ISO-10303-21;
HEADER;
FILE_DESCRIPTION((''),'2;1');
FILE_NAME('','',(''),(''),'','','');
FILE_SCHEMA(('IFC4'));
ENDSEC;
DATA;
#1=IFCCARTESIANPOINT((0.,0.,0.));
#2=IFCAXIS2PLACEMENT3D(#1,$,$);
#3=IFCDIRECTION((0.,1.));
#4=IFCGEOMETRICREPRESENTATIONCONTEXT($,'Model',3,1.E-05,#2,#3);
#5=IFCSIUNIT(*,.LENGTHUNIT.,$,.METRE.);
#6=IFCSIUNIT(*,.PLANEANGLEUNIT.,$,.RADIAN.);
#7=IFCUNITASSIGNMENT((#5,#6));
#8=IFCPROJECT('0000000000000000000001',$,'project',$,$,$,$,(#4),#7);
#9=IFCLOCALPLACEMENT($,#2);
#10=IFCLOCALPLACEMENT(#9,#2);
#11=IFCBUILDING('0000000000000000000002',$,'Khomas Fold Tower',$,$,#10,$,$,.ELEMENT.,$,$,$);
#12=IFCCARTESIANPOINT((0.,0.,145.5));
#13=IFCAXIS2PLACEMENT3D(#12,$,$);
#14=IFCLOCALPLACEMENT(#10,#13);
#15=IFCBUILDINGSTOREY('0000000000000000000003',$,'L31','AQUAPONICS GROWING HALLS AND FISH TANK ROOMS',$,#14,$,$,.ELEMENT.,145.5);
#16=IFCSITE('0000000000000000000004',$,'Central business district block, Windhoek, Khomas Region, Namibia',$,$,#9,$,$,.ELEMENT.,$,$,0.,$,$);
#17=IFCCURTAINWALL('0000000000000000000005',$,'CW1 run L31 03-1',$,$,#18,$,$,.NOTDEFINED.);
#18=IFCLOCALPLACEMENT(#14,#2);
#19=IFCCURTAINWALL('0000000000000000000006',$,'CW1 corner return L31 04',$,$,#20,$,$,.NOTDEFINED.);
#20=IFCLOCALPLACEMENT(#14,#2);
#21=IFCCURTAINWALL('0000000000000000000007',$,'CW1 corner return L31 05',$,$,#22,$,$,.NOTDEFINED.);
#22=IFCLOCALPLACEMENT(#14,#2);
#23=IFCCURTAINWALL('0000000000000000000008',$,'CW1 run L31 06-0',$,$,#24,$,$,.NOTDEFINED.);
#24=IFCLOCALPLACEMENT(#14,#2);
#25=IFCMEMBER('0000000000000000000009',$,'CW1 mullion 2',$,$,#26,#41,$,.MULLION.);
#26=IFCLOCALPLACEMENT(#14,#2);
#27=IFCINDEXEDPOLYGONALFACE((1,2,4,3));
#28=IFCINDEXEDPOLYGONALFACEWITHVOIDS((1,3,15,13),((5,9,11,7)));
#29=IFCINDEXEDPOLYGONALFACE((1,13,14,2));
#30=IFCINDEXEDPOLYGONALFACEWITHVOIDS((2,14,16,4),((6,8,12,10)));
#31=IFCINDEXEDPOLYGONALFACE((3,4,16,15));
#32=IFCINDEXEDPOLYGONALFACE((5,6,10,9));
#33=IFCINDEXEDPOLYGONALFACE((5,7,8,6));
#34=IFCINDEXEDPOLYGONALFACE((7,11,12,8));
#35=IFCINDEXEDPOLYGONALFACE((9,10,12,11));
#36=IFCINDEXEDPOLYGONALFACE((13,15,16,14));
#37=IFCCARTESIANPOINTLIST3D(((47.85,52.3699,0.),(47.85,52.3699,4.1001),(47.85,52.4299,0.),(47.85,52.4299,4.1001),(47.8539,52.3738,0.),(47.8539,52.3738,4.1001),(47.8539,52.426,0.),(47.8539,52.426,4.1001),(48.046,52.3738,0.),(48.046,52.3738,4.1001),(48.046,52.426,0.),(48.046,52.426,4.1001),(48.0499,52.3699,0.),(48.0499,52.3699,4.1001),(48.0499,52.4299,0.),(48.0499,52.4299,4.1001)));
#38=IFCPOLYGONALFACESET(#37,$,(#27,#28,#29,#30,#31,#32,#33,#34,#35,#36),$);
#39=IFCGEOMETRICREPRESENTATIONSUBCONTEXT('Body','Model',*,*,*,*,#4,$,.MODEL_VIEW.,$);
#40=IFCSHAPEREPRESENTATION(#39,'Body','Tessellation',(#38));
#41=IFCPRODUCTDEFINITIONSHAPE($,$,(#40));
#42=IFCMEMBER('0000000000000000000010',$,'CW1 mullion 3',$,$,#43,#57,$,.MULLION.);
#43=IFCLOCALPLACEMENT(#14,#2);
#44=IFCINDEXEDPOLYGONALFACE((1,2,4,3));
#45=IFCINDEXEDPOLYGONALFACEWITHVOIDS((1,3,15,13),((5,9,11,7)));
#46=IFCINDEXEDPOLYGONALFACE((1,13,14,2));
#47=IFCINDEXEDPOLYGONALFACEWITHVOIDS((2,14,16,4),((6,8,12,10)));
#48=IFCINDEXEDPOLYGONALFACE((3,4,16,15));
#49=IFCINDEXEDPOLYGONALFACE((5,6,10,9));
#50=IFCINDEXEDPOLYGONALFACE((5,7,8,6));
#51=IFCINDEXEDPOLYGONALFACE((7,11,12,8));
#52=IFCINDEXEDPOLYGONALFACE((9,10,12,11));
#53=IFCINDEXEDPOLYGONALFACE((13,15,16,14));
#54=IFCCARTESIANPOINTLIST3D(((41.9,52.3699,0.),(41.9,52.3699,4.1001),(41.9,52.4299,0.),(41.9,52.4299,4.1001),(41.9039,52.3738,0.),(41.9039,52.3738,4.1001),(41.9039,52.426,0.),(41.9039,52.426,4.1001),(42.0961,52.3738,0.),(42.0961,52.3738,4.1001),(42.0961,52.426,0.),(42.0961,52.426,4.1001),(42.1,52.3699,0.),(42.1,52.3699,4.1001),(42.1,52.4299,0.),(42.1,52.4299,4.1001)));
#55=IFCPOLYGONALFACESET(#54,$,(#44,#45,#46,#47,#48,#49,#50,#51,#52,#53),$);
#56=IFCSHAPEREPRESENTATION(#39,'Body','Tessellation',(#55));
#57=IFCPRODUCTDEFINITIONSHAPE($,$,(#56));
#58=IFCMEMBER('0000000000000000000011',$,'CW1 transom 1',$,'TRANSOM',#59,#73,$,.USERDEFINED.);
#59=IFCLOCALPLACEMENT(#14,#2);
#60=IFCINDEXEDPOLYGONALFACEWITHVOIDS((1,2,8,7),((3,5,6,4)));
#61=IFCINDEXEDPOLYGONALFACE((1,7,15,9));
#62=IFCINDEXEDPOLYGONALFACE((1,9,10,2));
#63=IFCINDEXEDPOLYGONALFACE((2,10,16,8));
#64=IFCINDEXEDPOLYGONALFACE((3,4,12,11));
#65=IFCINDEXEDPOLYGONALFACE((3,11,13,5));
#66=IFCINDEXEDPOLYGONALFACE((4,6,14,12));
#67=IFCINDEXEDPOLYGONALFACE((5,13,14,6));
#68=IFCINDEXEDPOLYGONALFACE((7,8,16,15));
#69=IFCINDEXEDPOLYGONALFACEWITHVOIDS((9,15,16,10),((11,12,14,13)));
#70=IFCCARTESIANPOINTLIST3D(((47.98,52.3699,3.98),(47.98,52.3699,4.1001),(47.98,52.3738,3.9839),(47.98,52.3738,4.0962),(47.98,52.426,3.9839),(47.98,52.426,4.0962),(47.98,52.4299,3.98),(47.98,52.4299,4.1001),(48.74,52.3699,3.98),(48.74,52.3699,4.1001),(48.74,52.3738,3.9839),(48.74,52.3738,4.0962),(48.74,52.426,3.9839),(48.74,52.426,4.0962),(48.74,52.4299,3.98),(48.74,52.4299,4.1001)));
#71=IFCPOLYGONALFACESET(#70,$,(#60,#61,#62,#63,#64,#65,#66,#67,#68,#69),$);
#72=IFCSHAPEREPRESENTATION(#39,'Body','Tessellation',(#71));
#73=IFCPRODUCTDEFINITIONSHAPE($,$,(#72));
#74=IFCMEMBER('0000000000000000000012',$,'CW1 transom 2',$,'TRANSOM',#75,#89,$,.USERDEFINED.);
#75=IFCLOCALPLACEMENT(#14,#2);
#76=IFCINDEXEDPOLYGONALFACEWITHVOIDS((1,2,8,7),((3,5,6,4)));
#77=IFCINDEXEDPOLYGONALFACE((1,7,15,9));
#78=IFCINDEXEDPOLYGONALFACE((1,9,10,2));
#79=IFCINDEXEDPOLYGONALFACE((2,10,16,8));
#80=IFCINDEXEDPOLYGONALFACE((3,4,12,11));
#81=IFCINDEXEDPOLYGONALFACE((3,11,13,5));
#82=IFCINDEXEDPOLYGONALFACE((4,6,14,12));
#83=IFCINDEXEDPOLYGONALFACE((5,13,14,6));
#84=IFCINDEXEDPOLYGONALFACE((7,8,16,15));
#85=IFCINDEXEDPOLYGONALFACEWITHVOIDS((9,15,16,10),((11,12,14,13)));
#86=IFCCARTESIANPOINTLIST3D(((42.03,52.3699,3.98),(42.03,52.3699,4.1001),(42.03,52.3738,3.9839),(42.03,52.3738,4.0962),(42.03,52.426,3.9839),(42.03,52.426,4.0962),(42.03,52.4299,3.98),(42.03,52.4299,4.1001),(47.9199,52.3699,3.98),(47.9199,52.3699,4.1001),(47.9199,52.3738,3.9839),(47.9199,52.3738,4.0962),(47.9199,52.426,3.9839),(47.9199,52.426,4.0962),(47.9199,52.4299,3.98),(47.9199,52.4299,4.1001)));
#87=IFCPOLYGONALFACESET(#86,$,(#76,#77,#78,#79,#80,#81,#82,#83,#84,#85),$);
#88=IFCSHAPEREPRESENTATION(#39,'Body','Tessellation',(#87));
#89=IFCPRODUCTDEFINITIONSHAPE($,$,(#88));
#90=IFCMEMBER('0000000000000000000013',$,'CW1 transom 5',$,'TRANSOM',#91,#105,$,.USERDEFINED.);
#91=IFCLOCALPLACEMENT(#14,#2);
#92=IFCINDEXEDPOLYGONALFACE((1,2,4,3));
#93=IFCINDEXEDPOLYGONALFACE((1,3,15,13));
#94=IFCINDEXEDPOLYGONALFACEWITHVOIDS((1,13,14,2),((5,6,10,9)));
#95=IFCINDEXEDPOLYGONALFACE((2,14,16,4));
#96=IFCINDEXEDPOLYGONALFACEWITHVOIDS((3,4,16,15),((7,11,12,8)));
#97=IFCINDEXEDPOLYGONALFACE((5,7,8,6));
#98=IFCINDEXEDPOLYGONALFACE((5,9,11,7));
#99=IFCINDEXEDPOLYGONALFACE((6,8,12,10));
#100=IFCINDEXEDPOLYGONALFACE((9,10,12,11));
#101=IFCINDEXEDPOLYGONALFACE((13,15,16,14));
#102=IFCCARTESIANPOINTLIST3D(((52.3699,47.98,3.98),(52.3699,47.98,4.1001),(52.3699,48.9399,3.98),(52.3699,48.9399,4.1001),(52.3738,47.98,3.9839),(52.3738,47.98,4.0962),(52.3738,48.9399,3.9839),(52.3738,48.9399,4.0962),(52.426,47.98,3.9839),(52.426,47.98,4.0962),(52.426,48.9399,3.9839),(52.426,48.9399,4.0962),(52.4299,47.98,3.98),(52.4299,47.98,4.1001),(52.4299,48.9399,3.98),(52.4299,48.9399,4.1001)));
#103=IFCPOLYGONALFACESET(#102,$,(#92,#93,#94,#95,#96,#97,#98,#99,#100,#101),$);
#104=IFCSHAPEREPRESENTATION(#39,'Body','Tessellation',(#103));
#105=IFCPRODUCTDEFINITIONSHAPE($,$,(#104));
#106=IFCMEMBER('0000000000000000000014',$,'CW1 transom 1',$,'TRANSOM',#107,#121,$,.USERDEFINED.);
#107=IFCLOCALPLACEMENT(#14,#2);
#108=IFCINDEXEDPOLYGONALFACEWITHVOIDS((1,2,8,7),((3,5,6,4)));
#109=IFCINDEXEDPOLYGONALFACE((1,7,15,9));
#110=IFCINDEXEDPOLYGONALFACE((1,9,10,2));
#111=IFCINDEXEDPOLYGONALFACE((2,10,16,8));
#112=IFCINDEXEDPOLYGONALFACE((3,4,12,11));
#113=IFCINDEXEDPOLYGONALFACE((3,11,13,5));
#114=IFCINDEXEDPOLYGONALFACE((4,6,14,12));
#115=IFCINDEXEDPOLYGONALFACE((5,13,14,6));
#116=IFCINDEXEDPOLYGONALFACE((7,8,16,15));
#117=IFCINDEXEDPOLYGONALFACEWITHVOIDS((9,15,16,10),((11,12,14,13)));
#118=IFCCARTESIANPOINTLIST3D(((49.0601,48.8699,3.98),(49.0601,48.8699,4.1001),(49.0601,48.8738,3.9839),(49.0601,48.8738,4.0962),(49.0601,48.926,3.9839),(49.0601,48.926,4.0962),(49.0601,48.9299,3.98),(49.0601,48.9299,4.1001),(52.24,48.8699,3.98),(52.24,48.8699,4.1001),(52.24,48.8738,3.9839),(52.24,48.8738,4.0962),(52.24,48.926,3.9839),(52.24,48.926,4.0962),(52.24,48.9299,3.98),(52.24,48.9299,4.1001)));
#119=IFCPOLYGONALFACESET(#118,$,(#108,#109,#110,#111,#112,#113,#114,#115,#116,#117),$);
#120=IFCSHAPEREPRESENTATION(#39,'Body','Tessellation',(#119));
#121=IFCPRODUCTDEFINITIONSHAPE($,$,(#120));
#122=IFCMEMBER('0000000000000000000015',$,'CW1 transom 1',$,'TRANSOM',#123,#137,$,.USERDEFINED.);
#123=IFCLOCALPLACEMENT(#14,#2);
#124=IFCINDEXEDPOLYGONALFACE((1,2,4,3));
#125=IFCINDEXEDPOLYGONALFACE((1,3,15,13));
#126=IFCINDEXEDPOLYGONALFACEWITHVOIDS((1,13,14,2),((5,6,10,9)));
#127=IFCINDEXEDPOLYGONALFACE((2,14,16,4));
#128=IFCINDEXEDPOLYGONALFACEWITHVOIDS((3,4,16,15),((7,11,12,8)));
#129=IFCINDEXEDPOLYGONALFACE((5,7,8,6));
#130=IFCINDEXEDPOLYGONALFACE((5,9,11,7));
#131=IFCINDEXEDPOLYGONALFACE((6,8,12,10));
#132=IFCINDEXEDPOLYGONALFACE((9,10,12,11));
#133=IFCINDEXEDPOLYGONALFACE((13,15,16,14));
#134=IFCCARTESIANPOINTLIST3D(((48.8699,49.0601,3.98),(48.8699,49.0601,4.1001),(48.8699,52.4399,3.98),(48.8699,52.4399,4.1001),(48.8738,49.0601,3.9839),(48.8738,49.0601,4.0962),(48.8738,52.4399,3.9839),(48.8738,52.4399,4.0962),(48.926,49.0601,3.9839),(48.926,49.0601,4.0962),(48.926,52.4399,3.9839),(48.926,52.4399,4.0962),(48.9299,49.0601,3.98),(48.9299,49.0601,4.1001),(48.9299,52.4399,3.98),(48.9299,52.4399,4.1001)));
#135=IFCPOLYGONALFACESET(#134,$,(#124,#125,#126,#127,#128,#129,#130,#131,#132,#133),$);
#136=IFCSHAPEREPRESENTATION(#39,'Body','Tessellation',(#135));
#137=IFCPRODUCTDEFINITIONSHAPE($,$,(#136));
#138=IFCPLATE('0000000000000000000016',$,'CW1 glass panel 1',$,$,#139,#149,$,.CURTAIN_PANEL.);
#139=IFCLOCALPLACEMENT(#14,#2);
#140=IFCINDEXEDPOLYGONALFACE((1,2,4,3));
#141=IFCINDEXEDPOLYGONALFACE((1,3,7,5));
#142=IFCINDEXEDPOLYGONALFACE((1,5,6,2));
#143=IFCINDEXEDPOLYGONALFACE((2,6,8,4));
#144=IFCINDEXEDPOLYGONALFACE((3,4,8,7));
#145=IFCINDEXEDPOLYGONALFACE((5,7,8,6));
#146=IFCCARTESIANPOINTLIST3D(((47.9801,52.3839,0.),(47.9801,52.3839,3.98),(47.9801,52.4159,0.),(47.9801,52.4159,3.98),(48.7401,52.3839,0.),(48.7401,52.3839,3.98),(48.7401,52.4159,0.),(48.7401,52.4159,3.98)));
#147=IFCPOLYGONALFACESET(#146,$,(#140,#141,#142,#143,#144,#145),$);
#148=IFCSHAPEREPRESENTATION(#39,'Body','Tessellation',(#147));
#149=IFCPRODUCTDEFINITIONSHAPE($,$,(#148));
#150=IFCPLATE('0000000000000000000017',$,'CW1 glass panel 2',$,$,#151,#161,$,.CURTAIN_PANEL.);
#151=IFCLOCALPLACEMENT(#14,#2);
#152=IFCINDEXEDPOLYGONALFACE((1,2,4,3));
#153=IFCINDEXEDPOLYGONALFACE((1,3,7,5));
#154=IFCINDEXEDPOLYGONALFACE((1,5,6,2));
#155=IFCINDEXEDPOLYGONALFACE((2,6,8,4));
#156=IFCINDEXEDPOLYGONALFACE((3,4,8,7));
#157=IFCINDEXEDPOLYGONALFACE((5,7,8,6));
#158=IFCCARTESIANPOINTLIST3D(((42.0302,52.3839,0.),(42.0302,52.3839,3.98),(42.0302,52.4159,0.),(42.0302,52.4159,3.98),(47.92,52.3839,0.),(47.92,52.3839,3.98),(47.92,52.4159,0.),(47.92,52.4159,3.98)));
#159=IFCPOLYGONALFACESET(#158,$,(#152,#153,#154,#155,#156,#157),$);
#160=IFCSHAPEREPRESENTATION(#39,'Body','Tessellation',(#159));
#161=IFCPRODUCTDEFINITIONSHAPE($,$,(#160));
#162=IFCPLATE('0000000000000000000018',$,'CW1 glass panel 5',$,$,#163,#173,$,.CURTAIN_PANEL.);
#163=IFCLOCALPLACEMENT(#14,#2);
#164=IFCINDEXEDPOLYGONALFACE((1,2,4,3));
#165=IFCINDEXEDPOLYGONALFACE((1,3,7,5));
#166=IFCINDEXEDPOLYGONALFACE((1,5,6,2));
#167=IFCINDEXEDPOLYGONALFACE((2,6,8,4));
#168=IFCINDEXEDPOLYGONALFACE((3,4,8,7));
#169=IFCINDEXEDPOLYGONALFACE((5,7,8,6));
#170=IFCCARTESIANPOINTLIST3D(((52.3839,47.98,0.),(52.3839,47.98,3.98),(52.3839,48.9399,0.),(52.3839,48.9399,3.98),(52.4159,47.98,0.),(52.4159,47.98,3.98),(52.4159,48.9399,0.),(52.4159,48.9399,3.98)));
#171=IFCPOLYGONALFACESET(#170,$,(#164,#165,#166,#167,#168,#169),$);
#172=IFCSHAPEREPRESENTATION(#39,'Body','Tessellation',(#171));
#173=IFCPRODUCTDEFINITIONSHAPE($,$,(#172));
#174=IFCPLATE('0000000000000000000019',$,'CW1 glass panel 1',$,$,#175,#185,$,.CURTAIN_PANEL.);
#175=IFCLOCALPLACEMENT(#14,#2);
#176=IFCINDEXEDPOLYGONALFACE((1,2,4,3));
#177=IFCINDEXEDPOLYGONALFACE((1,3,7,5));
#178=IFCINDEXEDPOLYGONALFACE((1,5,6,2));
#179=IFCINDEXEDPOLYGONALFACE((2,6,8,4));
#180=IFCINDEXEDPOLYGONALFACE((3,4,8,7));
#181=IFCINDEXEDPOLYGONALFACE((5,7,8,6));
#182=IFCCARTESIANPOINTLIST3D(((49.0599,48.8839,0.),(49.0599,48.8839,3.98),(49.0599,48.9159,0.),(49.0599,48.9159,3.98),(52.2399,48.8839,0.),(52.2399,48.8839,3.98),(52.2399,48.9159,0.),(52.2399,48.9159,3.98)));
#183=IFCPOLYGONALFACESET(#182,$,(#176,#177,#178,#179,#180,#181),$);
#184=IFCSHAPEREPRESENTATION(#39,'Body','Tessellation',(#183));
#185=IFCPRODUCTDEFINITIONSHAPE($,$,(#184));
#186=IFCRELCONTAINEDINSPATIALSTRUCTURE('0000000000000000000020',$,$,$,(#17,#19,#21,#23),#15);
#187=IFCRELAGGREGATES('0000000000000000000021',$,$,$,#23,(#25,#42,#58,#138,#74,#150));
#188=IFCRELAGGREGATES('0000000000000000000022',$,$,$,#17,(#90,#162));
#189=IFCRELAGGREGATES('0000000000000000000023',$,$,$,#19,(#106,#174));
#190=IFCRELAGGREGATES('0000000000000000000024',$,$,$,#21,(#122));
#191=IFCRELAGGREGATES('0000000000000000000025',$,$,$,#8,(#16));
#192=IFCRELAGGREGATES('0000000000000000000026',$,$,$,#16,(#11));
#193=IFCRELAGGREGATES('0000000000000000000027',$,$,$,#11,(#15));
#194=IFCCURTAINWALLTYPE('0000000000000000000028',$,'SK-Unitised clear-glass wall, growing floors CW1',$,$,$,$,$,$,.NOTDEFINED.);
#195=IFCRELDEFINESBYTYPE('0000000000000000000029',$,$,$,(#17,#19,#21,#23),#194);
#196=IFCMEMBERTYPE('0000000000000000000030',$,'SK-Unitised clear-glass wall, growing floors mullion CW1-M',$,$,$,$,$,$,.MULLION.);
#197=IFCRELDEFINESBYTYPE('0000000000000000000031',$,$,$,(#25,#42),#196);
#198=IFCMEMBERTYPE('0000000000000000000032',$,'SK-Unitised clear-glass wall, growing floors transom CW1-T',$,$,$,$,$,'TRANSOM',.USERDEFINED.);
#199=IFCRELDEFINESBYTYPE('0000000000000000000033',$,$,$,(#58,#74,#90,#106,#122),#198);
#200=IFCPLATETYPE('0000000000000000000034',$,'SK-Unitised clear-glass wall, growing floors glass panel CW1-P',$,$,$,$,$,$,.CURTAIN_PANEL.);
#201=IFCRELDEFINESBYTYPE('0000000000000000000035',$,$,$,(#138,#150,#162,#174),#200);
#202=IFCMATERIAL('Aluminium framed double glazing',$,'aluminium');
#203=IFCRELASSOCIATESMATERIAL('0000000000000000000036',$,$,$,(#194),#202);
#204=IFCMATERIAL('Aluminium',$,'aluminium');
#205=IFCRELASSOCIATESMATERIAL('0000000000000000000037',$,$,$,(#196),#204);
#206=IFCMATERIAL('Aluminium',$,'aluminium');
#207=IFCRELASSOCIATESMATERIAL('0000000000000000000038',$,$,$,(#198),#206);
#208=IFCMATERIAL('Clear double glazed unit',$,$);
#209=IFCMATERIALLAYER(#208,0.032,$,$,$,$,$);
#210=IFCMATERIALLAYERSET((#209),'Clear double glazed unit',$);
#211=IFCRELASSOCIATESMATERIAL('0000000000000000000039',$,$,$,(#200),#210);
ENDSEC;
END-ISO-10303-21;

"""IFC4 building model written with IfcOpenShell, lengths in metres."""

from ifc_helpers import new_model, si_unit, direction, frame, origin, origin_2d, place, context, subcontext, project, spatial, rectangle, hollow_rectangle, extrude, source, transform, mapped, material, layer, layer_set, material_profile, profile_set, type_object, element, aggregate, save


model = new_model("IFC4")

# Units and contexts
model_context = context("Model", 3, precision=1e-05, world=origin(), true_north=direction((0.0, 1.0)))
body_context = subcontext(model_context, "Body", "Model", "MODEL_VIEW")
ifc_project = project(units=[si_unit("LENGTHUNIT", "METRE"), si_unit("PLANEANGLEUNIT", "RADIAN")], contexts=[model_context])

# Site, building, storey
site_placement = place(None, origin())
site = spatial("IfcSite", under=ifc_project, at=site_placement, Name="Central business district block, Windhoek, Khomas Region, Namibia", CompositionType="ELEMENT", RefElevation=0.0)
building_placement = place(site_placement, origin())
building = spatial("IfcBuilding", under=site, at=building_placement, Name="Khomas Fold Tower", CompositionType="ELEMENT")
storey_placement = place(building_placement, frame((0.0, 0.0, 145.5)))
storey = spatial("IfcBuildingStorey", under=building, at=storey_placement, Name="L31", Description="AQUAPONICS GROWING HALLS AND FISH TANK ROOMS", CompositionType="ELEMENT", Elevation=145.5)

# Curtain walls, members
ifc_material_1 = material(Name="Aluminium framed double glazing", Category="aluminium")
curtain_wall_type = type_object("IfcCurtainWallType", Name="SK-Unitised clear-glass wall, growing floors CW1", PredefinedType="NOTDEFINED", material=ifc_material_1)
curtain_wall_1_placement = place(storey_placement, origin())
curtain_wall_1 = element("IfcCurtainWall", 1, at=curtain_wall_1_placement, inside=storey, type_object=curtain_wall_type, Name="CW1 run L31 03-1", PredefinedType="NOTDEFINED")
ifc_material_2 = material(Name="Aluminium", Category="aluminium")
ifc_material_profile_1 = material_profile(ifc_material_2, hollow_rectangle(XDim=0.0601, YDim=0.2, WallThickness=0.0039, at=origin_2d()), Name="SK-Unitised clear-glass wall, growing floors mullion CW1-M")
ifc_profile_set_1 = profile_set([ifc_material_profile_1], Name="Aluminium")
member_type_1 = type_object("IfcMemberType", Name="SK-Unitised clear-glass wall, growing floors mullion CW1-M", PredefinedType="MULLION", material=ifc_profile_set_1)
shared_shape_1 = source(origin(), body_context, "Body", "SweptSolid", [
    extrude(hollow_rectangle(XDim=0.0601, YDim=0.2, WallThickness=0.0039, at=origin_2d()), origin(), (0.0, 0.0, 1.0), 4.1001),
])
curtain_wall_2_placement = place(storey_placement, origin())
curtain_wall_2 = element("IfcCurtainWall", 2, at=curtain_wall_2_placement, inside=storey, type_object=curtain_wall_type, Name="CW1 corner return L31 04", PredefinedType="NOTDEFINED")
curtain_wall_3_placement = place(storey_placement, origin())
curtain_wall_3 = element("IfcCurtainWall", 3, at=curtain_wall_3_placement, inside=storey, type_object=curtain_wall_type, Name="CW1 corner return L31 05", PredefinedType="NOTDEFINED")
curtain_wall_4_placement = place(storey_placement, origin())
curtain_wall_4 = element("IfcCurtainWall", 4, at=curtain_wall_4_placement, inside=storey, type_object=curtain_wall_type, Name="CW1 run L31 06-0", PredefinedType="NOTDEFINED")
member_1_placement = place(storey_placement, frame((47.95, 52.3999, 0.0), z_axis=(0.0, 0.0, 1.0), x_axis=(0.0, -1.0, 0.0)))
member_1 = element("IfcMember", 5, at=member_1_placement, type_object=member_type_1, Name="CW1 mullion 2", PredefinedType="MULLION", context=body_context, shape_type="MappedRepresentation", body=[
    mapped(shared_shape_1, transform((0.0, 0.0, 0.0))),
])
member_2_placement = place(storey_placement, frame((42.0, 52.3999, 0.0), z_axis=(0.0, 0.0, 1.0), x_axis=(0.0, -1.0, 0.0)))
member_2 = element("IfcMember", 6, at=member_2_placement, type_object=member_type_1, Name="CW1 mullion 3", PredefinedType="MULLION", context=body_context, shape_type="MappedRepresentation", body=[
    mapped(shared_shape_1, transform((0.0, 0.0, 0.0))),
])
ifc_material_3 = material(Name="Aluminium", Category="aluminium")
ifc_material_profile_2 = material_profile(ifc_material_3, hollow_rectangle(XDim=0.0601, YDim=0.1201, WallThickness=0.0039, at=origin_2d()), Name="SK-Unitised clear-glass wall, growing floors transom CW1-T")
ifc_profile_set_2 = profile_set([ifc_material_profile_2], Name="Aluminium")
member_type_2 = type_object("IfcMemberType", Name="SK-Unitised clear-glass wall, growing floors transom CW1-T", ElementType="TRANSOM", PredefinedType="USERDEFINED", material=ifc_profile_set_2)
shared_shape_2 = source(origin(), body_context, "Body", "SweptSolid", [
    extrude(hollow_rectangle(XDim=0.0601, YDim=0.1201, WallThickness=0.0039, at=origin_2d()), origin(), (0.0, 0.0, 1.0), 0.76),
])
member_3_placement = place(storey_placement, frame((48.74, 52.3999, 4.04), z_axis=(-1.0, 0.0, 0.0), x_axis=(0.0, -1.0, 0.0)))
member_3 = element("IfcMember", 7, at=member_3_placement, type_object=member_type_2, Name="CW1 transom 1", ObjectType="TRANSOM", PredefinedType="USERDEFINED", context=body_context, shape_type="MappedRepresentation", body=[
    mapped(shared_shape_2, transform((0.0, 0.0, 0.0))),
])
shared_shape_3 = source(origin(), body_context, "Body", "SweptSolid", [
    extrude(hollow_rectangle(XDim=0.0601, YDim=0.1201, WallThickness=0.0039, at=origin_2d()), origin(), (0.0, 0.0, 1.0), 5.8899),
])
member_4_placement = place(storey_placement, frame((47.9199, 52.3999, 4.04), z_axis=(-1.0, 0.0, 0.0), x_axis=(0.0, -1.0, 0.0)))
member_4 = element("IfcMember", 8, at=member_4_placement, type_object=member_type_2, Name="CW1 transom 2", ObjectType="TRANSOM", PredefinedType="USERDEFINED", context=body_context, shape_type="MappedRepresentation", body=[
    mapped(shared_shape_3, transform((0.0, 0.0, 0.0))),
])

# Members
shared_shape_4 = source(origin(), body_context, "Body", "SweptSolid", [
    extrude(hollow_rectangle(XDim=0.0601, YDim=0.1201, WallThickness=0.0039, at=origin_2d()), origin(), (0.0, 0.0, 1.0), 0.96),
])
member_5_placement = place(storey_placement, frame((52.3999, 47.98, 4.04), z_axis=(0.0, 1.0, 0.0), x_axis=(-1.0, 0.0, 0.0)))
member_5 = element("IfcMember", 9, at=member_5_placement, type_object=member_type_2, Name="CW1 transom 5", ObjectType="TRANSOM", PredefinedType="USERDEFINED", context=body_context, shape_type="MappedRepresentation", body=[
    mapped(shared_shape_4, transform((0.0, 0.0, 0.0))),
])
shared_shape_5 = source(origin(), body_context, "Body", "SweptSolid", [
    extrude(hollow_rectangle(XDim=0.0601, YDim=0.1201, WallThickness=0.0039, at=origin_2d()), origin(), (0.0, 0.0, 1.0), 3.1799),
])
member_6_placement = place(storey_placement, frame((52.24, 48.8999, 4.04), z_axis=(-1.0, 0.0, 0.0), x_axis=(0.0, -1.0, 0.0)))
member_6 = element("IfcMember", 10, at=member_6_placement, type_object=member_type_2, Name="CW1 transom 1", ObjectType="TRANSOM", PredefinedType="USERDEFINED", context=body_context, shape_type="MappedRepresentation", body=[
    mapped(shared_shape_5, transform((0.0, 0.0, 0.0))),
])
shared_shape_6 = source(origin(), body_context, "Body", "SweptSolid", [
    extrude(hollow_rectangle(XDim=0.0601, YDim=0.1201, WallThickness=0.0039, at=origin_2d()), origin(), (0.0, 0.0, 1.0), 3.3799),
])
member_7_placement = place(storey_placement, frame((48.8999, 49.0601, 4.04), z_axis=(0.0, 1.0, 0.0), x_axis=(-1.0, 0.0, 0.0)))
member_7 = element("IfcMember", 11, at=member_7_placement, type_object=member_type_2, Name="CW1 transom 1", ObjectType="TRANSOM", PredefinedType="USERDEFINED", context=body_context, shape_type="MappedRepresentation", body=[
    mapped(shared_shape_6, transform((0.0, 0.0, 0.0))),
])

# Plates
ifc_material_4 = material(Name="Clear double glazed unit")
ifc_layer_1 = layer(ifc_material_4, 0.032)
ifc_layer_set_1 = layer_set([ifc_layer_1], Name="Clear double glazed unit")
plate_type = type_object("IfcPlateType", Name="SK-Unitised clear-glass wall, growing floors glass panel CW1-P", PredefinedType="CURTAIN_PANEL", material=ifc_layer_set_1)
shared_shape_7 = source(origin(), body_context, "Body", "SweptSolid", [
    extrude(rectangle(XDim=0.76, YDim=0.032, at=origin_2d()), origin(), (0.0, 0.0, 1.0), 3.98),
])
plate_1_placement = place(storey_placement, frame((48.3601, 52.3999, 0.0), z_axis=(0.0, 0.0, 1.0), x_axis=(-1.0, 0.0, 0.0)))
plate_1 = element("IfcPlate", 12, at=plate_1_placement, type_object=plate_type, Name="CW1 glass panel 1", PredefinedType="CURTAIN_PANEL", context=body_context, shape_type="MappedRepresentation", body=[
    mapped(shared_shape_7, transform((0.0, 0.0, 0.0))),
])
shared_shape_8 = source(origin(), body_context, "Body", "SweptSolid", [
    extrude(rectangle(XDim=5.8899, YDim=0.032, at=origin_2d()), origin(), (0.0, 0.0, 1.0), 3.98),
])
plate_2_placement = place(storey_placement, frame((44.9751, 52.3999, 0.0), z_axis=(0.0, 0.0, 1.0), x_axis=(-1.0, 0.0, 0.0)))
plate_2 = element("IfcPlate", 13, at=plate_2_placement, type_object=plate_type, Name="CW1 glass panel 2", PredefinedType="CURTAIN_PANEL", context=body_context, shape_type="MappedRepresentation", body=[
    mapped(shared_shape_8, transform((0.0, 0.0, 0.0))),
])
aggregate(curtain_wall_4, [member_1, member_2, member_3, plate_1, member_4, plate_2])
shared_shape_9 = source(origin(), body_context, "Body", "SweptSolid", [
    extrude(rectangle(XDim=0.96, YDim=0.032, at=origin_2d()), origin(), (0.0, 0.0, 1.0), 3.98),
])
plate_3_placement = place(storey_placement, frame((52.3999, 48.46, 0.0), z_axis=(0.0, 0.0, 1.0), x_axis=(0.0, 1.0, 0.0)))
plate_3 = element("IfcPlate", 14, at=plate_3_placement, type_object=plate_type, Name="CW1 glass panel 5", PredefinedType="CURTAIN_PANEL", context=body_context, shape_type="MappedRepresentation", body=[
    mapped(shared_shape_9, transform((0.0, 0.0, 0.0))),
])
aggregate(curtain_wall_1, [member_5, plate_3])
shared_shape_10 = source(origin(), body_context, "Body", "SweptSolid", [
    extrude(rectangle(XDim=3.1799, YDim=0.032, at=origin_2d()), origin(), (0.0, 0.0, 1.0), 3.98),
])
plate_4_placement = place(storey_placement, frame((50.6499, 48.8999, 0.0), z_axis=(0.0, 0.0, 1.0), x_axis=(-1.0, 0.0, 0.0)))
plate_4 = element("IfcPlate", 15, at=plate_4_placement, type_object=plate_type, Name="CW1 glass panel 1", PredefinedType="CURTAIN_PANEL", context=body_context, shape_type="MappedRepresentation", body=[
    mapped(shared_shape_10, transform((0.0, 0.0, 0.0))),
])
aggregate(curtain_wall_2, [member_6, plate_4])
aggregate(curtain_wall_3, [member_7])

save(model, "model.ifc")
